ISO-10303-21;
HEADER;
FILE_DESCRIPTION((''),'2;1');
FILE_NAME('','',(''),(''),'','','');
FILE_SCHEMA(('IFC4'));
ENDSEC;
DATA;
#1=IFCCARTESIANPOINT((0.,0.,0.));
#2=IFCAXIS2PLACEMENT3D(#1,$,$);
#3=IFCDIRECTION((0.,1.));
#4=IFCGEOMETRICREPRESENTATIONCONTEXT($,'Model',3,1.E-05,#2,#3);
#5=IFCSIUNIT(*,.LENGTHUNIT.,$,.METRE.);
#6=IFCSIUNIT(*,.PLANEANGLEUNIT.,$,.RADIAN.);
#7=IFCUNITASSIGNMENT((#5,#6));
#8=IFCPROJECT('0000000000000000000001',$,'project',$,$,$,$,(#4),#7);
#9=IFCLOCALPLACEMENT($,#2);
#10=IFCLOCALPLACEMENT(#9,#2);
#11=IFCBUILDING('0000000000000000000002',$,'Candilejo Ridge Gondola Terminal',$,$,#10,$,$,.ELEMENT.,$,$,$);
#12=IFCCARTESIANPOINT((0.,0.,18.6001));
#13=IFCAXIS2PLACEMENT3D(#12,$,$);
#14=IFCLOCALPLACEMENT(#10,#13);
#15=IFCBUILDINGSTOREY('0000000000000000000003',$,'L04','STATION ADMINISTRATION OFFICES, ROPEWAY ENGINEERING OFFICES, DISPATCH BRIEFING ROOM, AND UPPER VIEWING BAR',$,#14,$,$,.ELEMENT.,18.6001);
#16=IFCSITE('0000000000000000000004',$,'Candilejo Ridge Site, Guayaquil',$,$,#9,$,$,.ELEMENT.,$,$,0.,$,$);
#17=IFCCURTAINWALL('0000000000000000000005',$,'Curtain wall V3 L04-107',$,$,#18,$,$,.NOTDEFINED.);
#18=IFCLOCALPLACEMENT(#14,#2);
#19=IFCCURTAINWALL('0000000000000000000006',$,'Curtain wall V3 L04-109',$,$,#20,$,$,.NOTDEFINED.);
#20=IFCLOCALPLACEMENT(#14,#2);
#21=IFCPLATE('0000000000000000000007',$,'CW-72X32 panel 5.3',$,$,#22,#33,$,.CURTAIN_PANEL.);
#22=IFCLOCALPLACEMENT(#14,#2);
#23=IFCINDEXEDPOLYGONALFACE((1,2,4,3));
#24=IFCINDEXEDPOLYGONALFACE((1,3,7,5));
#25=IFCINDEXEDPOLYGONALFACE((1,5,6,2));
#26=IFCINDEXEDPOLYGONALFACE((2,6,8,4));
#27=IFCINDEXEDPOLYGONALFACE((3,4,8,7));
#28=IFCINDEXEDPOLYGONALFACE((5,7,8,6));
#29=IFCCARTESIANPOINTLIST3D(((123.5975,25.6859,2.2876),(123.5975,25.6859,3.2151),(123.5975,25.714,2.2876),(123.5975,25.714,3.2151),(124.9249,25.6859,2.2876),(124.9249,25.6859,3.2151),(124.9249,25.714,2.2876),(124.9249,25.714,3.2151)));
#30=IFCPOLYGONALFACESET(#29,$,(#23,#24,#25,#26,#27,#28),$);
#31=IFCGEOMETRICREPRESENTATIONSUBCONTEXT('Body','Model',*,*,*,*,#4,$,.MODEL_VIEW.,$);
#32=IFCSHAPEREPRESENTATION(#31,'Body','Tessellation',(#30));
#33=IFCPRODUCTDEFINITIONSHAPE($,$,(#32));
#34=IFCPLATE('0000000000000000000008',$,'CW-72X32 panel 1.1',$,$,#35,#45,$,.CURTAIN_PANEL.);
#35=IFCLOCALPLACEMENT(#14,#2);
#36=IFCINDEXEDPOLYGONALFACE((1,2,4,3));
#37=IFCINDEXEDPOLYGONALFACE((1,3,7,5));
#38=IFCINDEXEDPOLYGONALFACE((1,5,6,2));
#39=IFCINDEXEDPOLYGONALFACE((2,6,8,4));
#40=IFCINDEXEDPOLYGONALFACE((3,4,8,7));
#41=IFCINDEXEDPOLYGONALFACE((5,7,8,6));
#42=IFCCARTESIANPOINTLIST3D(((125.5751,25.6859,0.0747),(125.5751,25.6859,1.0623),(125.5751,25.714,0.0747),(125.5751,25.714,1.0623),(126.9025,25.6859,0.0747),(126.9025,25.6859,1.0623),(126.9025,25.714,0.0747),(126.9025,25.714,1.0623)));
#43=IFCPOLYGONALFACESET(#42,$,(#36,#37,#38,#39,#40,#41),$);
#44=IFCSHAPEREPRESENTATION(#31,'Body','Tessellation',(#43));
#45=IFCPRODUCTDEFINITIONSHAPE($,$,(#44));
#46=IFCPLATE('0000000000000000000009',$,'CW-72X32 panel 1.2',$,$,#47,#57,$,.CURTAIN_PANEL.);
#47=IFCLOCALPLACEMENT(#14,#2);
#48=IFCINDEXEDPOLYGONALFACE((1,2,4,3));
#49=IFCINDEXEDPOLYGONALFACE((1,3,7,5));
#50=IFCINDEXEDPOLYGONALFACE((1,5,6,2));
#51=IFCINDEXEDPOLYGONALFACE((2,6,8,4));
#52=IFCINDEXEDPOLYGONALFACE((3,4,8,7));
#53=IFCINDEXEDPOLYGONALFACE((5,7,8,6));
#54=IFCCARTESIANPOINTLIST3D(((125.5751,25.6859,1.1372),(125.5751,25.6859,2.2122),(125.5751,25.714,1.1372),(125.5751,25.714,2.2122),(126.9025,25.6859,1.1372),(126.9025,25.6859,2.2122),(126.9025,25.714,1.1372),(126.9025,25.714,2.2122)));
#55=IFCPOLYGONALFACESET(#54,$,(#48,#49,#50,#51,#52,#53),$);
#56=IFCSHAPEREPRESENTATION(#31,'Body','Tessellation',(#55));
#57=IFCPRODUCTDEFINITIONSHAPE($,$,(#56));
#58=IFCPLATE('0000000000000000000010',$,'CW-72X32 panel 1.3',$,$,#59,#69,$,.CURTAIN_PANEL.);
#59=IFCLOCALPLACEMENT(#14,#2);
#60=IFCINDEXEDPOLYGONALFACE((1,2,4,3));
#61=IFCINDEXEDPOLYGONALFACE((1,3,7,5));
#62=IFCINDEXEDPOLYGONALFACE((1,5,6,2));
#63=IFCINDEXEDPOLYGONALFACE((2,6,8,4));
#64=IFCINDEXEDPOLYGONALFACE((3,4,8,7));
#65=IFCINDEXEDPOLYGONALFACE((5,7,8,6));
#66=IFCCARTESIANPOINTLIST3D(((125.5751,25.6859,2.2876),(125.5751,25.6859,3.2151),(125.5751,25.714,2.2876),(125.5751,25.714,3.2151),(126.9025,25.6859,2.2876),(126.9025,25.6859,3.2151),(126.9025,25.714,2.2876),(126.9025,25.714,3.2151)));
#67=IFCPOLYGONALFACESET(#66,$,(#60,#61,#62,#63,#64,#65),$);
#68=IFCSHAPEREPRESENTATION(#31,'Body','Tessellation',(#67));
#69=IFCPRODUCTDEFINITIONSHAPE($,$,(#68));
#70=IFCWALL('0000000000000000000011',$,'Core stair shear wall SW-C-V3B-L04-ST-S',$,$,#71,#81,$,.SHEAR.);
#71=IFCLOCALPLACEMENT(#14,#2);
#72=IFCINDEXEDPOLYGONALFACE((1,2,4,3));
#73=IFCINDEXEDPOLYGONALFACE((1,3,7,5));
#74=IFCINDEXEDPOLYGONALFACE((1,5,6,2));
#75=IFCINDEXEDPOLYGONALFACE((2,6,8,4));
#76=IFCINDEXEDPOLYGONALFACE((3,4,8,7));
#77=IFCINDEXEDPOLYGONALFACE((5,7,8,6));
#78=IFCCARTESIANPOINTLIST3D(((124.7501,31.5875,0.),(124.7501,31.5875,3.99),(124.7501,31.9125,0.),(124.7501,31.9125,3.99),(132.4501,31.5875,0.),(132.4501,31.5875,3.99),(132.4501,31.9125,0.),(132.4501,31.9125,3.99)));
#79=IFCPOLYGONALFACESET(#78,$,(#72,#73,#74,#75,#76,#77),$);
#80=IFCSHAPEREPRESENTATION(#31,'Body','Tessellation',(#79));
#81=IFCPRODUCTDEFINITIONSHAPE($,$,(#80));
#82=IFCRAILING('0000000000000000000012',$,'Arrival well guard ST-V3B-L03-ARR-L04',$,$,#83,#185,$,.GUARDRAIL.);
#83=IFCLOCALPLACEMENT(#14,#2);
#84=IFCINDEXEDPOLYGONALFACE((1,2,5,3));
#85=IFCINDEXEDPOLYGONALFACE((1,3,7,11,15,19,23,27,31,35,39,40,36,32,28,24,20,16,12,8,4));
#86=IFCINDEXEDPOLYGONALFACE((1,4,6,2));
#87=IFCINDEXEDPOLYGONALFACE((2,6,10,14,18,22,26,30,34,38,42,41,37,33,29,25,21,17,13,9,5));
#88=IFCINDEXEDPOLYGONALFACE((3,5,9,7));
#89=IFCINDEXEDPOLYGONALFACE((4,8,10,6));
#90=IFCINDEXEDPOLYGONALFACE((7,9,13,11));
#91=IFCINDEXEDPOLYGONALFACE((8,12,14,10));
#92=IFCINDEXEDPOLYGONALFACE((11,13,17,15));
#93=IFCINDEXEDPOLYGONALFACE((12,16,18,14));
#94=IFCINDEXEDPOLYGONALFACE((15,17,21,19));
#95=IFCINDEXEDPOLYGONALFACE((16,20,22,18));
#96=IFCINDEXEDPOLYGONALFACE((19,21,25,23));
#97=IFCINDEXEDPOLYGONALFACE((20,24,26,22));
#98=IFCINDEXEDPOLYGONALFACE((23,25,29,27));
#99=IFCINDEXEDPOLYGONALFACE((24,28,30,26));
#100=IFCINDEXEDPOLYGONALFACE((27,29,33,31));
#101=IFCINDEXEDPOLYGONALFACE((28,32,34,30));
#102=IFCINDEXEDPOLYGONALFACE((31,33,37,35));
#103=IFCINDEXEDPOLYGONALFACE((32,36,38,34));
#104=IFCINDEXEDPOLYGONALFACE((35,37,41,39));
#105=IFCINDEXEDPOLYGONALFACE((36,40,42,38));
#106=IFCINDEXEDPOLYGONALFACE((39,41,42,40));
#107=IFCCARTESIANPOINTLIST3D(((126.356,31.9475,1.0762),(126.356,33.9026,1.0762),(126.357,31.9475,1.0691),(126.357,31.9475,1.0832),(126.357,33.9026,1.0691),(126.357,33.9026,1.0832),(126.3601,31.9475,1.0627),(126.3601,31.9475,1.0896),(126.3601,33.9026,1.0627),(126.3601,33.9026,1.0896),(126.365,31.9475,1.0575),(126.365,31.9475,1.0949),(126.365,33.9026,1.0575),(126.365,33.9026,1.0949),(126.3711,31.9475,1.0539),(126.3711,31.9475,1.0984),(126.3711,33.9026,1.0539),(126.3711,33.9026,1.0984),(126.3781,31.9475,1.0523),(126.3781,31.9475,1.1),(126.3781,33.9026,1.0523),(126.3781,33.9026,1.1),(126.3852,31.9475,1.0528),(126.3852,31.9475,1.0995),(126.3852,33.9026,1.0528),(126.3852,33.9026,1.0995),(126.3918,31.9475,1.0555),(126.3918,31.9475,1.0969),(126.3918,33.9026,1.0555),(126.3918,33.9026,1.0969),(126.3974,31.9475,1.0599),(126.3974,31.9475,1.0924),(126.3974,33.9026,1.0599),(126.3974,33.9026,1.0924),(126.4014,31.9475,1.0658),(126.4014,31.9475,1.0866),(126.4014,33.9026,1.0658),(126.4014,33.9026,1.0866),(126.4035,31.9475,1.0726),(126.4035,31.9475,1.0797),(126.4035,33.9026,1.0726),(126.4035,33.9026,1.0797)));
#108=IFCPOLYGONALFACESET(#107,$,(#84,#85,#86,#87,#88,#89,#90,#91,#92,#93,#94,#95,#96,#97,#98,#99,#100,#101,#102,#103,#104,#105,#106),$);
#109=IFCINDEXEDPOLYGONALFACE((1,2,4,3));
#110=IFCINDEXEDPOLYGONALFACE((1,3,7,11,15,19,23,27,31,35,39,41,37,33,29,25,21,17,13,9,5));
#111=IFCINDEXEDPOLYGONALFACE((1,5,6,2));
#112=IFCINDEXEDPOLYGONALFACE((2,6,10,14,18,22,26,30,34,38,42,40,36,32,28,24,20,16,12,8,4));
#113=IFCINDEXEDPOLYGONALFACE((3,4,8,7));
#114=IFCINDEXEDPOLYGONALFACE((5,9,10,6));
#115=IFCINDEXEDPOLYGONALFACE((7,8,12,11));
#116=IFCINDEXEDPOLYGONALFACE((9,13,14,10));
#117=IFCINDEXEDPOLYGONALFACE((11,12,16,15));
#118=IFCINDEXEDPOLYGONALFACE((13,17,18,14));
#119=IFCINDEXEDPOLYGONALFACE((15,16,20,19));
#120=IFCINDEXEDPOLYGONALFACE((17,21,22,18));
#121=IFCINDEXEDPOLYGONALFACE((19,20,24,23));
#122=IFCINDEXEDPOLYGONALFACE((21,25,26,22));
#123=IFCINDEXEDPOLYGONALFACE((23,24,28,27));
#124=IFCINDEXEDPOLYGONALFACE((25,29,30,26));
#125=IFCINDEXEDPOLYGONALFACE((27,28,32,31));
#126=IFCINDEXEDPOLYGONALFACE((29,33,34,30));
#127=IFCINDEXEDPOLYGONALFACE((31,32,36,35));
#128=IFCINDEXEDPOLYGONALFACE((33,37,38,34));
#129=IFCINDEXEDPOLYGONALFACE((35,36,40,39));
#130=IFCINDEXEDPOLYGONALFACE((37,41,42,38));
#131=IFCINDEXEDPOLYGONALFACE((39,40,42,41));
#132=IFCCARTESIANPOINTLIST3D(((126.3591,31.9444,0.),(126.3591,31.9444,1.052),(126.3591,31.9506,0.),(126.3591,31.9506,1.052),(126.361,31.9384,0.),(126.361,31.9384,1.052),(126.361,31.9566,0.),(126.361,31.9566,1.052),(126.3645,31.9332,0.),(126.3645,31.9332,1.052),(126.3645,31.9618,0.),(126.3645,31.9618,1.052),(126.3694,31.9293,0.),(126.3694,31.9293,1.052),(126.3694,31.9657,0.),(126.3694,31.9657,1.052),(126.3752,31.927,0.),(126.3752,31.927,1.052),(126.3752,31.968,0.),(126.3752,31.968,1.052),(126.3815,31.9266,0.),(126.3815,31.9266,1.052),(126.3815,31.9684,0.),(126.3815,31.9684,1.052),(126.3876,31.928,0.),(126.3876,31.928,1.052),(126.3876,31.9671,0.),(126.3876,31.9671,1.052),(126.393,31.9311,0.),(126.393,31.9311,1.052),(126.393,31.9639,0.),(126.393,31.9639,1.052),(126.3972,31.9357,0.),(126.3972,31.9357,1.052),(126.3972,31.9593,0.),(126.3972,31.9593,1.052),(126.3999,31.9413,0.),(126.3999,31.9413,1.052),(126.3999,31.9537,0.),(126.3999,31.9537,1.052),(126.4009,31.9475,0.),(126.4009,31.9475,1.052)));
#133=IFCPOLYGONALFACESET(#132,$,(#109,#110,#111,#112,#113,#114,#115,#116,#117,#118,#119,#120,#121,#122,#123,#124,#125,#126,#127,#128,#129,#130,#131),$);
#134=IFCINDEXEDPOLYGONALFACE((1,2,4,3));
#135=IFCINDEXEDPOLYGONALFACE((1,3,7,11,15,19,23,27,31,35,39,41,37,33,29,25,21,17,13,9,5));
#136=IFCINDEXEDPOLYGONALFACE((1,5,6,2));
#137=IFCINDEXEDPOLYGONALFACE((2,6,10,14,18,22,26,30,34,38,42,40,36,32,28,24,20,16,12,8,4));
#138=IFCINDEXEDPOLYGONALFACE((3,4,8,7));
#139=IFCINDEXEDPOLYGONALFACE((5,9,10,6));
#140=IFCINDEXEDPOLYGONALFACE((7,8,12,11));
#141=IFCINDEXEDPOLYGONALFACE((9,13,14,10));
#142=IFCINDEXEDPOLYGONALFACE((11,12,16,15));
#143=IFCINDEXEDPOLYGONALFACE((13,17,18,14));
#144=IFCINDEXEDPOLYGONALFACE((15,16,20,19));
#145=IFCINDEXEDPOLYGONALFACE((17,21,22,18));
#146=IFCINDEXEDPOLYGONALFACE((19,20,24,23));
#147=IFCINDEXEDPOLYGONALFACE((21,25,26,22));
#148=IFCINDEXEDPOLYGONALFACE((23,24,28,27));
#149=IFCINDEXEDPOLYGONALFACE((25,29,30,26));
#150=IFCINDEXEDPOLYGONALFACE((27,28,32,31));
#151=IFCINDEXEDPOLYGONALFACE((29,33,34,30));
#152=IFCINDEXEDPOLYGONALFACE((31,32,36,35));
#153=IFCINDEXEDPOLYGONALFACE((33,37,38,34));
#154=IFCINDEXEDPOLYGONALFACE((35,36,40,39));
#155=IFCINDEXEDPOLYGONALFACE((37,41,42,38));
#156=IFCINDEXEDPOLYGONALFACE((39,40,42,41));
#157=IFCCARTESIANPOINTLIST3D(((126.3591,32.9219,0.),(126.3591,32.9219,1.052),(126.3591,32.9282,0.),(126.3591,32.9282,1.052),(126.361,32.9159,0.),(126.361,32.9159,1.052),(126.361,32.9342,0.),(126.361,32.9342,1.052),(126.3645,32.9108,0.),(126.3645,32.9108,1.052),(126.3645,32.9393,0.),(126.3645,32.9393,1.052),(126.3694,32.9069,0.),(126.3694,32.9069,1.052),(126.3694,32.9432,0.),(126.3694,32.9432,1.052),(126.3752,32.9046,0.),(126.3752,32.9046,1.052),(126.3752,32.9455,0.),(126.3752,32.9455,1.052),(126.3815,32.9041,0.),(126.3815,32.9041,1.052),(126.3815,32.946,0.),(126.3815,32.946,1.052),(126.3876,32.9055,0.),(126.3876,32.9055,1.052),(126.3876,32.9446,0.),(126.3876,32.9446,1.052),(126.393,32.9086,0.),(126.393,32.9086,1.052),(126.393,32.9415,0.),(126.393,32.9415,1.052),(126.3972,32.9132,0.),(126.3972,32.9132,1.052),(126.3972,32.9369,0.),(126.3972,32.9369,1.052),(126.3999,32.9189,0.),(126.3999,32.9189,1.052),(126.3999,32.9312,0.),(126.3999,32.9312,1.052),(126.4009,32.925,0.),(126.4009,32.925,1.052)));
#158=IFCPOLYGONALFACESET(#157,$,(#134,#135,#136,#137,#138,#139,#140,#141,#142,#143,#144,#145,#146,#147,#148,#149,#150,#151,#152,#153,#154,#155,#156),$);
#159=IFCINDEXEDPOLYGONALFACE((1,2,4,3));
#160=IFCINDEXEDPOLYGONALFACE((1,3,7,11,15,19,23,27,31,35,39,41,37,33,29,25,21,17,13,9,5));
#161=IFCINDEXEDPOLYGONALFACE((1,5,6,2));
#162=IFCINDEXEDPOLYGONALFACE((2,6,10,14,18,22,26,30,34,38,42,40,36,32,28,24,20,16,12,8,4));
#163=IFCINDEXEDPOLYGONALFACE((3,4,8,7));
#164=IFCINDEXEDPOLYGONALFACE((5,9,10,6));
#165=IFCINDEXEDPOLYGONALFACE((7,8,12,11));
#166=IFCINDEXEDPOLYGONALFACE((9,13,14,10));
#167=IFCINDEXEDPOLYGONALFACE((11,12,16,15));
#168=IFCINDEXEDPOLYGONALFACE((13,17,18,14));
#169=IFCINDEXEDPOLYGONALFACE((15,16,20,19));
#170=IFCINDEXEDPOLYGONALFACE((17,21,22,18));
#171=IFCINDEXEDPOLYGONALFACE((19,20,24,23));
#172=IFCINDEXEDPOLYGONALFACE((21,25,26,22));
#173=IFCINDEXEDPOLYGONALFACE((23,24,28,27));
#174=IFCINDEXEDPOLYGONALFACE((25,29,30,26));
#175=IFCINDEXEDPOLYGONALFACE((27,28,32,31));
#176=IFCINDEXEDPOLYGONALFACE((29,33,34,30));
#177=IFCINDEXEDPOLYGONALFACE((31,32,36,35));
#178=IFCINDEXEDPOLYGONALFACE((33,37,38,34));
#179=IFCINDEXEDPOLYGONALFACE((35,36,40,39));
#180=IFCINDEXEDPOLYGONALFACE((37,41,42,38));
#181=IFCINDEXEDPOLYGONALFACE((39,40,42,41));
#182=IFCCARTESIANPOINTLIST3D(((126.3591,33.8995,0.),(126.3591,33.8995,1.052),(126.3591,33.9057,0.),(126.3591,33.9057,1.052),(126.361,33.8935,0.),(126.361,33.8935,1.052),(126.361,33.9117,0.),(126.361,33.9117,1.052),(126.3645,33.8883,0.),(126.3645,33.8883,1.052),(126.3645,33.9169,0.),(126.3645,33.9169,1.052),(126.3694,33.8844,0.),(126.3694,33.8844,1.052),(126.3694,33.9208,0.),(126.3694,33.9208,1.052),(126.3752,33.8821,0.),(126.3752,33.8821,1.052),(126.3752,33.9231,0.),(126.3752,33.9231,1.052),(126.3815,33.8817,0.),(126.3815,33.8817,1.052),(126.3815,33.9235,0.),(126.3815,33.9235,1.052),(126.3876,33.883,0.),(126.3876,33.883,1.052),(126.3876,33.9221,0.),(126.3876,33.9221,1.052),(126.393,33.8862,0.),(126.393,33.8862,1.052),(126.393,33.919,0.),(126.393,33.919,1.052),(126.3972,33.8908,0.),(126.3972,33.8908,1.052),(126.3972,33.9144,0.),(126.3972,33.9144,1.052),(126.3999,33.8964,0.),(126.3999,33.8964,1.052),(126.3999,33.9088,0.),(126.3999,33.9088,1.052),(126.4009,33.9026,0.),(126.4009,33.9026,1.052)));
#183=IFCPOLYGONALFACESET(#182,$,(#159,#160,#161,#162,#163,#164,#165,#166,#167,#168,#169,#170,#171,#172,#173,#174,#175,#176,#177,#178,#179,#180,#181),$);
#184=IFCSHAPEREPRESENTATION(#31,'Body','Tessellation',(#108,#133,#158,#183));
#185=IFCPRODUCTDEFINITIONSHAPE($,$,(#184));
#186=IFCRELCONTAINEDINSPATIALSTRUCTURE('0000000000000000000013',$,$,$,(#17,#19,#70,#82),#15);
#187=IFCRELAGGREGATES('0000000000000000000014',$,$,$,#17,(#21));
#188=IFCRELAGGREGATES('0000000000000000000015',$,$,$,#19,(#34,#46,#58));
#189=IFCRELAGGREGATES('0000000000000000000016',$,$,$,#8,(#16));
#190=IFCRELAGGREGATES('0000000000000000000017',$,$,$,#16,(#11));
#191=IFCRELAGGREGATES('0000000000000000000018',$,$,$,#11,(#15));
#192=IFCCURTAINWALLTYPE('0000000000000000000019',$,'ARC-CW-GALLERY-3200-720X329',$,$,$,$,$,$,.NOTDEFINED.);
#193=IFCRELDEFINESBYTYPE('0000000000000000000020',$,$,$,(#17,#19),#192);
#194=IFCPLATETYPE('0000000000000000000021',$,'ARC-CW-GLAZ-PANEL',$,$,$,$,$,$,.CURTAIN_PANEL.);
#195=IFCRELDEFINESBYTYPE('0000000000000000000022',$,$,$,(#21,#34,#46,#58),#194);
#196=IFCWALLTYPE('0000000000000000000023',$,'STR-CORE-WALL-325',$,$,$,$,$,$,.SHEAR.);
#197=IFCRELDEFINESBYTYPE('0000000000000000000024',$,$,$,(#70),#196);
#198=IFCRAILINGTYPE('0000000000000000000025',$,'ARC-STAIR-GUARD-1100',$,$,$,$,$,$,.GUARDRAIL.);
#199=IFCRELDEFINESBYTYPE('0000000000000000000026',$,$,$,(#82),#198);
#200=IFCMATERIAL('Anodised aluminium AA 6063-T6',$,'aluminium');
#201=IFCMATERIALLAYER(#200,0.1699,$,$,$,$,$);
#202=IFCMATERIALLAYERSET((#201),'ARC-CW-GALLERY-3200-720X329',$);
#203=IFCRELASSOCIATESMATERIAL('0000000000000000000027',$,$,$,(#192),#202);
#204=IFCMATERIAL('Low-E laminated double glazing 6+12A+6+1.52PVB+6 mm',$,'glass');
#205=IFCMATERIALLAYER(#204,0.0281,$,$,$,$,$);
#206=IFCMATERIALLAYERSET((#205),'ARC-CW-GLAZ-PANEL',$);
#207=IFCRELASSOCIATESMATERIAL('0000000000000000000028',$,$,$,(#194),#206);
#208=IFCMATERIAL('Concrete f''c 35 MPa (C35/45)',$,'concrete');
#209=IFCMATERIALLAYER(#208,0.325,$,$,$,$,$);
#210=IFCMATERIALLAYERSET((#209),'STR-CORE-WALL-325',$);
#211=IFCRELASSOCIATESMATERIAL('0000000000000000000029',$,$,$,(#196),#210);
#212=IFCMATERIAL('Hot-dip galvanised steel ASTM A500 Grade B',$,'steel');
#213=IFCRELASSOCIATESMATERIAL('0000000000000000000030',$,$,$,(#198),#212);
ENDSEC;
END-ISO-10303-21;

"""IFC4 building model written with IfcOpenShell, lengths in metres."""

from ifc_helpers import new_model, si_unit, direction, frame, frame_2d, origin, origin_2d, place, context, subcontext, project, spatial, rectangle, circle, extrude, material, layer, layer_set, type_object, element, aggregate, save


model = new_model("IFC4")

# Units and contexts
model_context = context("Model", 3, precision=1e-05, world=origin(), true_north=direction((0.0, 1.0)))
body_context = subcontext(model_context, "Body", "Model", "MODEL_VIEW")
ifc_project = project(units=[si_unit("LENGTHUNIT", "METRE"), si_unit("PLANEANGLEUNIT", "RADIAN")], contexts=[model_context])

# Site, building, storey
site_placement = place(None, origin())
site = spatial("IfcSite", under=ifc_project, at=site_placement, Name="Candilejo Ridge Site, Guayaquil", CompositionType="ELEMENT", RefElevation=0.0)
building_placement = place(site_placement, origin())
building = spatial("IfcBuilding", under=site, at=building_placement, Name="Candilejo Ridge Gondola Terminal", CompositionType="ELEMENT")
storey_placement = place(building_placement, frame((0.0, 0.0, 18.6001)))
storey = spatial("IfcBuildingStorey", under=building, at=storey_placement, Name="L04", Description="STATION ADMINISTRATION OFFICES, ROPEWAY ENGINEERING OFFICES, DISPATCH BRIEFING ROOM, AND UPPER VIEWING BAR", CompositionType="ELEMENT", Elevation=18.6001)

# Curtain walls
ifc_material_1 = material(Name="Anodised aluminium AA 6063-T6", Category="aluminium")
ifc_layer_1 = layer(ifc_material_1, 0.1699)
ifc_layer_set_1 = layer_set([ifc_layer_1], Name="ARC-CW-GALLERY-3200-720X329")
curtain_wall_type = type_object("IfcCurtainWallType", Name="ARC-CW-GALLERY-3200-720X329", PredefinedType="NOTDEFINED", material=ifc_layer_set_1)
curtain_wall_1_placement = place(storey_placement, origin())
curtain_wall_1 = element("IfcCurtainWall", 1, at=curtain_wall_1_placement, inside=storey, type_object=curtain_wall_type, Name="Curtain wall V3 L04-107", PredefinedType="NOTDEFINED")
curtain_wall_2_placement = place(storey_placement, origin())
curtain_wall_2 = element("IfcCurtainWall", 2, at=curtain_wall_2_placement, inside=storey, type_object=curtain_wall_type, Name="Curtain wall V3 L04-109", PredefinedType="NOTDEFINED")

# Plates
ifc_material_2 = material(Name="Low-E laminated double glazing 6+12A+6+1.52PVB+6 mm", Category="glass")
ifc_layer_2 = layer(ifc_material_2, 0.0281)
ifc_layer_set_2 = layer_set([ifc_layer_2], Name="ARC-CW-GLAZ-PANEL")
plate_type = type_object("IfcPlateType", Name="ARC-CW-GLAZ-PANEL", PredefinedType="CURTAIN_PANEL", material=ifc_layer_set_2)
plate_1_placement = place(storey_placement, frame((124.2612, 25.7, 2.2876), z_axis=(0.0, 0.0, 1.0), x_axis=(1.0, 0.0, 0.0)))
plate_1 = element("IfcPlate", 3, at=plate_1_placement, type_object=plate_type, Name="CW-72X32 panel 5.3", PredefinedType="CURTAIN_PANEL", context=body_context, shape_type="SweptSolid", body=[
    extrude(rectangle(XDim=1.3274, YDim=0.0281, at=origin_2d()), origin(), (0.0, 0.0, 1.0), 0.9275),
])
aggregate(curtain_wall_1, [plate_1])
plate_2_placement = place(storey_placement, frame((126.2388, 25.7, 0.0747), z_axis=(0.0, 0.0, 1.0), x_axis=(1.0, 0.0, 0.0)))
plate_2 = element("IfcPlate", 4, at=plate_2_placement, type_object=plate_type, Name="CW-72X32 panel 1.1", PredefinedType="CURTAIN_PANEL", context=body_context, shape_type="SweptSolid", body=[
    extrude(rectangle(XDim=1.3274, YDim=0.0281, at=origin_2d()), origin(), (0.0, 0.0, 1.0), 0.9875),
])
plate_3_placement = place(storey_placement, frame((126.2388, 25.7, 1.1372), z_axis=(0.0, 0.0, 1.0), x_axis=(1.0, 0.0, 0.0)))
plate_3 = element("IfcPlate", 5, at=plate_3_placement, type_object=plate_type, Name="CW-72X32 panel 1.2", PredefinedType="CURTAIN_PANEL", context=body_context, shape_type="SweptSolid", body=[
    extrude(rectangle(XDim=1.3274, YDim=0.0281, at=origin_2d()), origin(), (0.0, 0.0, 1.0), 1.075),
])
plate_4_placement = place(storey_placement, frame((126.2388, 25.7, 2.2876), z_axis=(0.0, 0.0, 1.0), x_axis=(1.0, 0.0, 0.0)))
plate_4 = element("IfcPlate", 6, at=plate_4_placement, type_object=plate_type, Name="CW-72X32 panel 1.3", PredefinedType="CURTAIN_PANEL", context=body_context, shape_type="SweptSolid", body=[
    extrude(rectangle(XDim=1.3274, YDim=0.0281, at=origin_2d()), origin(), (0.0, 0.0, 1.0), 0.9275),
])
aggregate(curtain_wall_2, [plate_2, plate_3, plate_4])

# Wall
ifc_material_3 = material(Name="Concrete f'c 35 MPa (C35/45)", Category="concrete")
ifc_layer_3 = layer(ifc_material_3, 0.325)
ifc_layer_set_3 = layer_set([ifc_layer_3], Name="STR-CORE-WALL-325")
wall_type_1 = type_object("IfcWallType", Name="STR-CORE-WALL-325", PredefinedType="SHEAR", material=ifc_layer_set_3)
wall_1_placement = place(storey_placement, frame((124.75, 31.75, 0.0), z_axis=(0.0, 0.0, 1.0), x_axis=(1.0, 0.0, 0.0)))
element("IfcWall", 7, at=wall_1_placement, inside=storey, type_object=wall_type_1, Name="Core stair shear wall SW-C-V3B-L04-ST-S", PredefinedType="SHEAR", context=body_context, shape_type="SweptSolid", body=[
    extrude(rectangle(XDim=7.7, YDim=0.325, at=frame_2d((3.8501, 0.0))), origin(), (0.0, 0.0, 1.0), 3.99),
])

# Railing
ifc_material_4 = material(Name="Hot-dip galvanised steel ASTM A500 Grade B", Category="steel")
railing_type = type_object("IfcRailingType", Name="ARC-STAIR-GUARD-1100", PredefinedType="GUARDRAIL", material=ifc_material_4)
railing_placement = place(storey_placement, frame((126.3799, 31.9475, 0.0)))
element("IfcRailing", 8, at=railing_placement, inside=storey, type_object=railing_type, Name="Arrival well guard ST-V3B-L03-ARR-L04", PredefinedType="GUARDRAIL", context=body_context, shape_type="SweptSolid", body=[
    extrude(circle(Radius=0.0239, at=origin_2d()), frame((0.0, 0.0, 1.0762), z_axis=(0.0, 1.0, 0.0), x_axis=(-1.0, 0.0, 0.0)), (0.0, 0.0, 1.0), 1.9551),
    extrude(circle(Radius=0.021, at=origin_2d()), origin(), (0.0, 0.0, 1.0), 1.052),
    extrude(circle(Radius=0.021, at=origin_2d()), frame((0.0, 0.9775, 0.0)), (0.0, 0.0, 1.0), 1.052),
    extrude(circle(Radius=0.021, at=origin_2d()), frame((0.0, 1.9551, 0.0)), (0.0, 0.0, 1.0), 1.052),
])

save(model, "model.ifc")
